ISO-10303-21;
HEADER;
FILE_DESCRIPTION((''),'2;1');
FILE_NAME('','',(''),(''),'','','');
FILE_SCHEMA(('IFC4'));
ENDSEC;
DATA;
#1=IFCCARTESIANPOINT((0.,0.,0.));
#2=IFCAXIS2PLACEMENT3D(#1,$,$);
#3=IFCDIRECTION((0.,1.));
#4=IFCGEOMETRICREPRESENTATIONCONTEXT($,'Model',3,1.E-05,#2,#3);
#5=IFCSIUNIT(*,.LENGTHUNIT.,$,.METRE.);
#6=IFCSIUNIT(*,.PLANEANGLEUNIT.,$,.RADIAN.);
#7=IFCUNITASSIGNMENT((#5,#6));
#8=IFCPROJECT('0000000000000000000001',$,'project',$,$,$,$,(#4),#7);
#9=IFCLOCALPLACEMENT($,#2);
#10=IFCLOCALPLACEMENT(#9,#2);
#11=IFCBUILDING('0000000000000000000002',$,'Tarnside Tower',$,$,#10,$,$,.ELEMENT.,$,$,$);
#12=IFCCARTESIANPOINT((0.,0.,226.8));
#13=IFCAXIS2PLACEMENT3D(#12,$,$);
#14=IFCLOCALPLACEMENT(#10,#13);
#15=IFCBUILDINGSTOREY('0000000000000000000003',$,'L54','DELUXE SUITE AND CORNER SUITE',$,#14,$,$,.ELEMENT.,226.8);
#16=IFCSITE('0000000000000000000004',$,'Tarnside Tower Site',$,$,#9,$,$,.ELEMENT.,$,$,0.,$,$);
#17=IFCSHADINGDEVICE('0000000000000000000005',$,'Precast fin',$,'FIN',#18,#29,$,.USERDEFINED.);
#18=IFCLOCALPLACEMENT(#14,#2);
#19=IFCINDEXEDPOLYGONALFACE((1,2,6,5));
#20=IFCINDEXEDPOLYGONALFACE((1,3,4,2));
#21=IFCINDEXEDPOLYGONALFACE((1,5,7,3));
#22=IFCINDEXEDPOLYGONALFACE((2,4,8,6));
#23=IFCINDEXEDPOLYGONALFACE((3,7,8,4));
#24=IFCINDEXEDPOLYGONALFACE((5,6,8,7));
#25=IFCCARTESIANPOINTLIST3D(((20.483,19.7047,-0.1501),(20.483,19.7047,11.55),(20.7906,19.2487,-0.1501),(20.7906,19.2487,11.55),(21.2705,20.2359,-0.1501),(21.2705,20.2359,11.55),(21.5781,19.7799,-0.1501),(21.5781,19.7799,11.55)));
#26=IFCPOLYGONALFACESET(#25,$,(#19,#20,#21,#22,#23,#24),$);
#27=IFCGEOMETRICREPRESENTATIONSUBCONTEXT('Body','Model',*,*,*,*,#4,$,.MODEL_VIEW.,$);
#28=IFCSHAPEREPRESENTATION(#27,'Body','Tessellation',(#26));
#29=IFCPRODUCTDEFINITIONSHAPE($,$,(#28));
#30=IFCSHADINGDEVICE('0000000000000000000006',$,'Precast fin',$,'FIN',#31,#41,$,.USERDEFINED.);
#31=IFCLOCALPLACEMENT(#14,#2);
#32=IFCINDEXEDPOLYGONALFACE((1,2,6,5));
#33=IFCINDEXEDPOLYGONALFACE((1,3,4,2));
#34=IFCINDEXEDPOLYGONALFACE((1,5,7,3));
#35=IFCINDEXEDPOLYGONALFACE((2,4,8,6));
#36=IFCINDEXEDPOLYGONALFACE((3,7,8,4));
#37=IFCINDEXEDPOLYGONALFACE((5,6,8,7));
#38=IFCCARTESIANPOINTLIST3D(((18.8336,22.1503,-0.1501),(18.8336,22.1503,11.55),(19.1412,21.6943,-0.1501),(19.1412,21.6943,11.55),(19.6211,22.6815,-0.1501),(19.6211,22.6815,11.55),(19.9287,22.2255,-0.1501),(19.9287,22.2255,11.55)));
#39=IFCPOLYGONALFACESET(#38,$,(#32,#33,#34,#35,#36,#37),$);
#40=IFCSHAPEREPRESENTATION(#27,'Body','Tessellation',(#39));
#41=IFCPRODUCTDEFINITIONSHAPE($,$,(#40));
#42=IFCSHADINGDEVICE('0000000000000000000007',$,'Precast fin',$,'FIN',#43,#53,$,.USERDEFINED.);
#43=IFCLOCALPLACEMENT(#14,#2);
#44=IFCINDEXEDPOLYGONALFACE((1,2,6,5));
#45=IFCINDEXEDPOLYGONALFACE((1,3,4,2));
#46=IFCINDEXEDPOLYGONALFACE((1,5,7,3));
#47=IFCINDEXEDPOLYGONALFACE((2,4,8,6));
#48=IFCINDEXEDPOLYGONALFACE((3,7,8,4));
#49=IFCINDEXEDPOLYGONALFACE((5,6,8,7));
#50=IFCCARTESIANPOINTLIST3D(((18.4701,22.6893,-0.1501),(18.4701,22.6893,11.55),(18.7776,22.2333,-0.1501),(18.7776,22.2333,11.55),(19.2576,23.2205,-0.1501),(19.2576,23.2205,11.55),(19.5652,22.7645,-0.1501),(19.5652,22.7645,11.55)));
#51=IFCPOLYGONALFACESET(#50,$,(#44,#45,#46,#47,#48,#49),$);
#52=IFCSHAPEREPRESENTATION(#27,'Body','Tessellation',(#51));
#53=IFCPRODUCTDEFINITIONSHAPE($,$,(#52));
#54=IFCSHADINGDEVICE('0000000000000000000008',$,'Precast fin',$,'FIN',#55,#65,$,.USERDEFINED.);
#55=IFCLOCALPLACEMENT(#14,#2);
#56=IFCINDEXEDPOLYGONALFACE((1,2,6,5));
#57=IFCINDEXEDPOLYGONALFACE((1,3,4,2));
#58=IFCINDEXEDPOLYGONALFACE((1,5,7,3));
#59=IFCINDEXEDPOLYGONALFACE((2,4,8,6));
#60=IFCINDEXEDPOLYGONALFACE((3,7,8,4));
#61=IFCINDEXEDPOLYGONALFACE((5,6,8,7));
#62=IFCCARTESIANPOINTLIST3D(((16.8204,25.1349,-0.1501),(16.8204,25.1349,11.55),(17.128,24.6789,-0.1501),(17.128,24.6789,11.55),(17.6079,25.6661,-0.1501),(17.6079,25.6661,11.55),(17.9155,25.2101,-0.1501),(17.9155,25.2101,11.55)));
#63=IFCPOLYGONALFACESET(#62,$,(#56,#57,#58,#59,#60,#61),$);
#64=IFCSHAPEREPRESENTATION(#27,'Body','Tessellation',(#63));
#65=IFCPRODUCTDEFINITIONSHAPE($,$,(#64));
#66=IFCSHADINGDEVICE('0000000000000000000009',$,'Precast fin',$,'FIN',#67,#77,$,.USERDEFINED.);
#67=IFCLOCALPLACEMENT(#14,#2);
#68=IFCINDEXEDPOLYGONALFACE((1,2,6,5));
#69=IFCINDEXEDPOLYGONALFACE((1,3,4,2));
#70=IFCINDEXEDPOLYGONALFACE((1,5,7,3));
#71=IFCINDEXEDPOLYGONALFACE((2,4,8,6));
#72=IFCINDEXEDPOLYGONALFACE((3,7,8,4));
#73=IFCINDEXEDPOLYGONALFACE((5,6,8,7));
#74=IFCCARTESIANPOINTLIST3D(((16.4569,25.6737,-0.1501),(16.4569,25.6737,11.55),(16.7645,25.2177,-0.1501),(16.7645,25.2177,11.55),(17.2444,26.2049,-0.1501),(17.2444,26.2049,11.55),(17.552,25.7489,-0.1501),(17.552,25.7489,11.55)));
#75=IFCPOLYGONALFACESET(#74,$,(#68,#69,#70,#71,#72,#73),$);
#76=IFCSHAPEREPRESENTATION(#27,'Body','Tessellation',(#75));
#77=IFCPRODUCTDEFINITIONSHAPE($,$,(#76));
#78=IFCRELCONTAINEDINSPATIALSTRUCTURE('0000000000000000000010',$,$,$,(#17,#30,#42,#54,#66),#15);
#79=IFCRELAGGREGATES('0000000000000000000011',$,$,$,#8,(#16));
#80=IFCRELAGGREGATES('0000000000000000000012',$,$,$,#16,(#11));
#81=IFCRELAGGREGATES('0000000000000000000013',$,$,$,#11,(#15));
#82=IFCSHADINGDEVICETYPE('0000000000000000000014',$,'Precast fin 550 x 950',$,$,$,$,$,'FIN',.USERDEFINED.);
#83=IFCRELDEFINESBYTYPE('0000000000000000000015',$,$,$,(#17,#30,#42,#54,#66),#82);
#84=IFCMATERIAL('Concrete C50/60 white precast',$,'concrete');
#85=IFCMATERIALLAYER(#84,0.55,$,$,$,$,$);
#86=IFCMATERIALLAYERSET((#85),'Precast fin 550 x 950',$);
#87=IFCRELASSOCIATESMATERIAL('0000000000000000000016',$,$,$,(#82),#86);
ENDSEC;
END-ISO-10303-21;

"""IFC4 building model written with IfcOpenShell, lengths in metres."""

from ifc_helpers import new_model, si_unit, direction, frame, origin, place, context, subcontext, project, spatial, polyline, outline, extrude, material, layer, layer_set, type_object, element, save


model = new_model("IFC4")

# Units and contexts
model_context = context("Model", 3, precision=1e-05, world=origin(), true_north=direction((0.0, 1.0)))
body_context = subcontext(model_context, "Body", "Model", "MODEL_VIEW")
ifc_project = project(units=[si_unit("LENGTHUNIT", "METRE"), si_unit("PLANEANGLEUNIT", "RADIAN")], contexts=[model_context])

# Site, building, storey
site_placement = place(None, origin())
site = spatial("IfcSite", under=ifc_project, at=site_placement, Name="Tarnside Tower Site", CompositionType="ELEMENT", RefElevation=0.0)
building_placement = place(site_placement, origin())
building = spatial("IfcBuilding", under=site, at=building_placement, Name="Tarnside Tower", CompositionType="ELEMENT")
storey_placement = place(building_placement, frame((0.0, 0.0, 226.8)))
storey = spatial("IfcBuildingStorey", under=building, at=storey_placement, Name="L54", Description="DELUXE SUITE AND CORNER SUITE", CompositionType="ELEMENT", Elevation=226.8)

# Shading devices
ifc_material_1 = material(Name="Concrete C50/60 white precast", Category="concrete")
ifc_layer_1 = layer(ifc_material_1, 0.55)
ifc_layer_set_1 = layer_set([ifc_layer_1], Name="Precast fin 550 x 950")
shading_device_type_1 = type_object("IfcShadingDeviceType", Name="Precast fin 550 x 950", ElementType="FIN", PredefinedType="USERDEFINED", material=ifc_layer_set_1)
for number, where, z_axis, x_axis, name in (
    (1, (20.6367, 19.4768, -0.1501), (0.559193, -0.829038, 0.0), (0.829038, 0.559193, 0.0), "Precast fin"),
    (2, (18.9873, 21.9224, -0.1501), (0.559193, -0.829038, 0.0), (0.829038, 0.559193, 0.0), "Precast fin"),
    (3, (18.6238, 22.4614, -0.1501), (0.559193, -0.829038, 0.0), (0.829038, 0.559193, 0.0), "Precast fin"),
    (4, (16.9741, 24.907, -0.1501), (0.559193, -0.829038, 0.0), (0.829038, 0.559193, 0.0), "Precast fin"),
    (5, (16.6106, 25.4458, -0.1501), (0.559193, -0.829038, 0.0), (0.829038, 0.559193, 0.0), "Precast fin"),
):
    element("IfcShadingDevice", number, at=place(storey_placement, frame(where, z_axis=z_axis, x_axis=x_axis)), inside=storey, type_object=shading_device_type_1, Name=name, ObjectType="FIN", PredefinedType="USERDEFINED", context=body_context, shape_type="SweptSolid", body=[
        extrude(outline(polyline([(0.0, 0.0), (0.95, 0.0), (0.95, 11.7002), (0.0, 11.7002), (0.0, 0.0)])), frame((0.0, 0.0, -0.2749)), (0.0, 0.0, 1.0), 0.55),
    ])

save(model, "model.ifc")
